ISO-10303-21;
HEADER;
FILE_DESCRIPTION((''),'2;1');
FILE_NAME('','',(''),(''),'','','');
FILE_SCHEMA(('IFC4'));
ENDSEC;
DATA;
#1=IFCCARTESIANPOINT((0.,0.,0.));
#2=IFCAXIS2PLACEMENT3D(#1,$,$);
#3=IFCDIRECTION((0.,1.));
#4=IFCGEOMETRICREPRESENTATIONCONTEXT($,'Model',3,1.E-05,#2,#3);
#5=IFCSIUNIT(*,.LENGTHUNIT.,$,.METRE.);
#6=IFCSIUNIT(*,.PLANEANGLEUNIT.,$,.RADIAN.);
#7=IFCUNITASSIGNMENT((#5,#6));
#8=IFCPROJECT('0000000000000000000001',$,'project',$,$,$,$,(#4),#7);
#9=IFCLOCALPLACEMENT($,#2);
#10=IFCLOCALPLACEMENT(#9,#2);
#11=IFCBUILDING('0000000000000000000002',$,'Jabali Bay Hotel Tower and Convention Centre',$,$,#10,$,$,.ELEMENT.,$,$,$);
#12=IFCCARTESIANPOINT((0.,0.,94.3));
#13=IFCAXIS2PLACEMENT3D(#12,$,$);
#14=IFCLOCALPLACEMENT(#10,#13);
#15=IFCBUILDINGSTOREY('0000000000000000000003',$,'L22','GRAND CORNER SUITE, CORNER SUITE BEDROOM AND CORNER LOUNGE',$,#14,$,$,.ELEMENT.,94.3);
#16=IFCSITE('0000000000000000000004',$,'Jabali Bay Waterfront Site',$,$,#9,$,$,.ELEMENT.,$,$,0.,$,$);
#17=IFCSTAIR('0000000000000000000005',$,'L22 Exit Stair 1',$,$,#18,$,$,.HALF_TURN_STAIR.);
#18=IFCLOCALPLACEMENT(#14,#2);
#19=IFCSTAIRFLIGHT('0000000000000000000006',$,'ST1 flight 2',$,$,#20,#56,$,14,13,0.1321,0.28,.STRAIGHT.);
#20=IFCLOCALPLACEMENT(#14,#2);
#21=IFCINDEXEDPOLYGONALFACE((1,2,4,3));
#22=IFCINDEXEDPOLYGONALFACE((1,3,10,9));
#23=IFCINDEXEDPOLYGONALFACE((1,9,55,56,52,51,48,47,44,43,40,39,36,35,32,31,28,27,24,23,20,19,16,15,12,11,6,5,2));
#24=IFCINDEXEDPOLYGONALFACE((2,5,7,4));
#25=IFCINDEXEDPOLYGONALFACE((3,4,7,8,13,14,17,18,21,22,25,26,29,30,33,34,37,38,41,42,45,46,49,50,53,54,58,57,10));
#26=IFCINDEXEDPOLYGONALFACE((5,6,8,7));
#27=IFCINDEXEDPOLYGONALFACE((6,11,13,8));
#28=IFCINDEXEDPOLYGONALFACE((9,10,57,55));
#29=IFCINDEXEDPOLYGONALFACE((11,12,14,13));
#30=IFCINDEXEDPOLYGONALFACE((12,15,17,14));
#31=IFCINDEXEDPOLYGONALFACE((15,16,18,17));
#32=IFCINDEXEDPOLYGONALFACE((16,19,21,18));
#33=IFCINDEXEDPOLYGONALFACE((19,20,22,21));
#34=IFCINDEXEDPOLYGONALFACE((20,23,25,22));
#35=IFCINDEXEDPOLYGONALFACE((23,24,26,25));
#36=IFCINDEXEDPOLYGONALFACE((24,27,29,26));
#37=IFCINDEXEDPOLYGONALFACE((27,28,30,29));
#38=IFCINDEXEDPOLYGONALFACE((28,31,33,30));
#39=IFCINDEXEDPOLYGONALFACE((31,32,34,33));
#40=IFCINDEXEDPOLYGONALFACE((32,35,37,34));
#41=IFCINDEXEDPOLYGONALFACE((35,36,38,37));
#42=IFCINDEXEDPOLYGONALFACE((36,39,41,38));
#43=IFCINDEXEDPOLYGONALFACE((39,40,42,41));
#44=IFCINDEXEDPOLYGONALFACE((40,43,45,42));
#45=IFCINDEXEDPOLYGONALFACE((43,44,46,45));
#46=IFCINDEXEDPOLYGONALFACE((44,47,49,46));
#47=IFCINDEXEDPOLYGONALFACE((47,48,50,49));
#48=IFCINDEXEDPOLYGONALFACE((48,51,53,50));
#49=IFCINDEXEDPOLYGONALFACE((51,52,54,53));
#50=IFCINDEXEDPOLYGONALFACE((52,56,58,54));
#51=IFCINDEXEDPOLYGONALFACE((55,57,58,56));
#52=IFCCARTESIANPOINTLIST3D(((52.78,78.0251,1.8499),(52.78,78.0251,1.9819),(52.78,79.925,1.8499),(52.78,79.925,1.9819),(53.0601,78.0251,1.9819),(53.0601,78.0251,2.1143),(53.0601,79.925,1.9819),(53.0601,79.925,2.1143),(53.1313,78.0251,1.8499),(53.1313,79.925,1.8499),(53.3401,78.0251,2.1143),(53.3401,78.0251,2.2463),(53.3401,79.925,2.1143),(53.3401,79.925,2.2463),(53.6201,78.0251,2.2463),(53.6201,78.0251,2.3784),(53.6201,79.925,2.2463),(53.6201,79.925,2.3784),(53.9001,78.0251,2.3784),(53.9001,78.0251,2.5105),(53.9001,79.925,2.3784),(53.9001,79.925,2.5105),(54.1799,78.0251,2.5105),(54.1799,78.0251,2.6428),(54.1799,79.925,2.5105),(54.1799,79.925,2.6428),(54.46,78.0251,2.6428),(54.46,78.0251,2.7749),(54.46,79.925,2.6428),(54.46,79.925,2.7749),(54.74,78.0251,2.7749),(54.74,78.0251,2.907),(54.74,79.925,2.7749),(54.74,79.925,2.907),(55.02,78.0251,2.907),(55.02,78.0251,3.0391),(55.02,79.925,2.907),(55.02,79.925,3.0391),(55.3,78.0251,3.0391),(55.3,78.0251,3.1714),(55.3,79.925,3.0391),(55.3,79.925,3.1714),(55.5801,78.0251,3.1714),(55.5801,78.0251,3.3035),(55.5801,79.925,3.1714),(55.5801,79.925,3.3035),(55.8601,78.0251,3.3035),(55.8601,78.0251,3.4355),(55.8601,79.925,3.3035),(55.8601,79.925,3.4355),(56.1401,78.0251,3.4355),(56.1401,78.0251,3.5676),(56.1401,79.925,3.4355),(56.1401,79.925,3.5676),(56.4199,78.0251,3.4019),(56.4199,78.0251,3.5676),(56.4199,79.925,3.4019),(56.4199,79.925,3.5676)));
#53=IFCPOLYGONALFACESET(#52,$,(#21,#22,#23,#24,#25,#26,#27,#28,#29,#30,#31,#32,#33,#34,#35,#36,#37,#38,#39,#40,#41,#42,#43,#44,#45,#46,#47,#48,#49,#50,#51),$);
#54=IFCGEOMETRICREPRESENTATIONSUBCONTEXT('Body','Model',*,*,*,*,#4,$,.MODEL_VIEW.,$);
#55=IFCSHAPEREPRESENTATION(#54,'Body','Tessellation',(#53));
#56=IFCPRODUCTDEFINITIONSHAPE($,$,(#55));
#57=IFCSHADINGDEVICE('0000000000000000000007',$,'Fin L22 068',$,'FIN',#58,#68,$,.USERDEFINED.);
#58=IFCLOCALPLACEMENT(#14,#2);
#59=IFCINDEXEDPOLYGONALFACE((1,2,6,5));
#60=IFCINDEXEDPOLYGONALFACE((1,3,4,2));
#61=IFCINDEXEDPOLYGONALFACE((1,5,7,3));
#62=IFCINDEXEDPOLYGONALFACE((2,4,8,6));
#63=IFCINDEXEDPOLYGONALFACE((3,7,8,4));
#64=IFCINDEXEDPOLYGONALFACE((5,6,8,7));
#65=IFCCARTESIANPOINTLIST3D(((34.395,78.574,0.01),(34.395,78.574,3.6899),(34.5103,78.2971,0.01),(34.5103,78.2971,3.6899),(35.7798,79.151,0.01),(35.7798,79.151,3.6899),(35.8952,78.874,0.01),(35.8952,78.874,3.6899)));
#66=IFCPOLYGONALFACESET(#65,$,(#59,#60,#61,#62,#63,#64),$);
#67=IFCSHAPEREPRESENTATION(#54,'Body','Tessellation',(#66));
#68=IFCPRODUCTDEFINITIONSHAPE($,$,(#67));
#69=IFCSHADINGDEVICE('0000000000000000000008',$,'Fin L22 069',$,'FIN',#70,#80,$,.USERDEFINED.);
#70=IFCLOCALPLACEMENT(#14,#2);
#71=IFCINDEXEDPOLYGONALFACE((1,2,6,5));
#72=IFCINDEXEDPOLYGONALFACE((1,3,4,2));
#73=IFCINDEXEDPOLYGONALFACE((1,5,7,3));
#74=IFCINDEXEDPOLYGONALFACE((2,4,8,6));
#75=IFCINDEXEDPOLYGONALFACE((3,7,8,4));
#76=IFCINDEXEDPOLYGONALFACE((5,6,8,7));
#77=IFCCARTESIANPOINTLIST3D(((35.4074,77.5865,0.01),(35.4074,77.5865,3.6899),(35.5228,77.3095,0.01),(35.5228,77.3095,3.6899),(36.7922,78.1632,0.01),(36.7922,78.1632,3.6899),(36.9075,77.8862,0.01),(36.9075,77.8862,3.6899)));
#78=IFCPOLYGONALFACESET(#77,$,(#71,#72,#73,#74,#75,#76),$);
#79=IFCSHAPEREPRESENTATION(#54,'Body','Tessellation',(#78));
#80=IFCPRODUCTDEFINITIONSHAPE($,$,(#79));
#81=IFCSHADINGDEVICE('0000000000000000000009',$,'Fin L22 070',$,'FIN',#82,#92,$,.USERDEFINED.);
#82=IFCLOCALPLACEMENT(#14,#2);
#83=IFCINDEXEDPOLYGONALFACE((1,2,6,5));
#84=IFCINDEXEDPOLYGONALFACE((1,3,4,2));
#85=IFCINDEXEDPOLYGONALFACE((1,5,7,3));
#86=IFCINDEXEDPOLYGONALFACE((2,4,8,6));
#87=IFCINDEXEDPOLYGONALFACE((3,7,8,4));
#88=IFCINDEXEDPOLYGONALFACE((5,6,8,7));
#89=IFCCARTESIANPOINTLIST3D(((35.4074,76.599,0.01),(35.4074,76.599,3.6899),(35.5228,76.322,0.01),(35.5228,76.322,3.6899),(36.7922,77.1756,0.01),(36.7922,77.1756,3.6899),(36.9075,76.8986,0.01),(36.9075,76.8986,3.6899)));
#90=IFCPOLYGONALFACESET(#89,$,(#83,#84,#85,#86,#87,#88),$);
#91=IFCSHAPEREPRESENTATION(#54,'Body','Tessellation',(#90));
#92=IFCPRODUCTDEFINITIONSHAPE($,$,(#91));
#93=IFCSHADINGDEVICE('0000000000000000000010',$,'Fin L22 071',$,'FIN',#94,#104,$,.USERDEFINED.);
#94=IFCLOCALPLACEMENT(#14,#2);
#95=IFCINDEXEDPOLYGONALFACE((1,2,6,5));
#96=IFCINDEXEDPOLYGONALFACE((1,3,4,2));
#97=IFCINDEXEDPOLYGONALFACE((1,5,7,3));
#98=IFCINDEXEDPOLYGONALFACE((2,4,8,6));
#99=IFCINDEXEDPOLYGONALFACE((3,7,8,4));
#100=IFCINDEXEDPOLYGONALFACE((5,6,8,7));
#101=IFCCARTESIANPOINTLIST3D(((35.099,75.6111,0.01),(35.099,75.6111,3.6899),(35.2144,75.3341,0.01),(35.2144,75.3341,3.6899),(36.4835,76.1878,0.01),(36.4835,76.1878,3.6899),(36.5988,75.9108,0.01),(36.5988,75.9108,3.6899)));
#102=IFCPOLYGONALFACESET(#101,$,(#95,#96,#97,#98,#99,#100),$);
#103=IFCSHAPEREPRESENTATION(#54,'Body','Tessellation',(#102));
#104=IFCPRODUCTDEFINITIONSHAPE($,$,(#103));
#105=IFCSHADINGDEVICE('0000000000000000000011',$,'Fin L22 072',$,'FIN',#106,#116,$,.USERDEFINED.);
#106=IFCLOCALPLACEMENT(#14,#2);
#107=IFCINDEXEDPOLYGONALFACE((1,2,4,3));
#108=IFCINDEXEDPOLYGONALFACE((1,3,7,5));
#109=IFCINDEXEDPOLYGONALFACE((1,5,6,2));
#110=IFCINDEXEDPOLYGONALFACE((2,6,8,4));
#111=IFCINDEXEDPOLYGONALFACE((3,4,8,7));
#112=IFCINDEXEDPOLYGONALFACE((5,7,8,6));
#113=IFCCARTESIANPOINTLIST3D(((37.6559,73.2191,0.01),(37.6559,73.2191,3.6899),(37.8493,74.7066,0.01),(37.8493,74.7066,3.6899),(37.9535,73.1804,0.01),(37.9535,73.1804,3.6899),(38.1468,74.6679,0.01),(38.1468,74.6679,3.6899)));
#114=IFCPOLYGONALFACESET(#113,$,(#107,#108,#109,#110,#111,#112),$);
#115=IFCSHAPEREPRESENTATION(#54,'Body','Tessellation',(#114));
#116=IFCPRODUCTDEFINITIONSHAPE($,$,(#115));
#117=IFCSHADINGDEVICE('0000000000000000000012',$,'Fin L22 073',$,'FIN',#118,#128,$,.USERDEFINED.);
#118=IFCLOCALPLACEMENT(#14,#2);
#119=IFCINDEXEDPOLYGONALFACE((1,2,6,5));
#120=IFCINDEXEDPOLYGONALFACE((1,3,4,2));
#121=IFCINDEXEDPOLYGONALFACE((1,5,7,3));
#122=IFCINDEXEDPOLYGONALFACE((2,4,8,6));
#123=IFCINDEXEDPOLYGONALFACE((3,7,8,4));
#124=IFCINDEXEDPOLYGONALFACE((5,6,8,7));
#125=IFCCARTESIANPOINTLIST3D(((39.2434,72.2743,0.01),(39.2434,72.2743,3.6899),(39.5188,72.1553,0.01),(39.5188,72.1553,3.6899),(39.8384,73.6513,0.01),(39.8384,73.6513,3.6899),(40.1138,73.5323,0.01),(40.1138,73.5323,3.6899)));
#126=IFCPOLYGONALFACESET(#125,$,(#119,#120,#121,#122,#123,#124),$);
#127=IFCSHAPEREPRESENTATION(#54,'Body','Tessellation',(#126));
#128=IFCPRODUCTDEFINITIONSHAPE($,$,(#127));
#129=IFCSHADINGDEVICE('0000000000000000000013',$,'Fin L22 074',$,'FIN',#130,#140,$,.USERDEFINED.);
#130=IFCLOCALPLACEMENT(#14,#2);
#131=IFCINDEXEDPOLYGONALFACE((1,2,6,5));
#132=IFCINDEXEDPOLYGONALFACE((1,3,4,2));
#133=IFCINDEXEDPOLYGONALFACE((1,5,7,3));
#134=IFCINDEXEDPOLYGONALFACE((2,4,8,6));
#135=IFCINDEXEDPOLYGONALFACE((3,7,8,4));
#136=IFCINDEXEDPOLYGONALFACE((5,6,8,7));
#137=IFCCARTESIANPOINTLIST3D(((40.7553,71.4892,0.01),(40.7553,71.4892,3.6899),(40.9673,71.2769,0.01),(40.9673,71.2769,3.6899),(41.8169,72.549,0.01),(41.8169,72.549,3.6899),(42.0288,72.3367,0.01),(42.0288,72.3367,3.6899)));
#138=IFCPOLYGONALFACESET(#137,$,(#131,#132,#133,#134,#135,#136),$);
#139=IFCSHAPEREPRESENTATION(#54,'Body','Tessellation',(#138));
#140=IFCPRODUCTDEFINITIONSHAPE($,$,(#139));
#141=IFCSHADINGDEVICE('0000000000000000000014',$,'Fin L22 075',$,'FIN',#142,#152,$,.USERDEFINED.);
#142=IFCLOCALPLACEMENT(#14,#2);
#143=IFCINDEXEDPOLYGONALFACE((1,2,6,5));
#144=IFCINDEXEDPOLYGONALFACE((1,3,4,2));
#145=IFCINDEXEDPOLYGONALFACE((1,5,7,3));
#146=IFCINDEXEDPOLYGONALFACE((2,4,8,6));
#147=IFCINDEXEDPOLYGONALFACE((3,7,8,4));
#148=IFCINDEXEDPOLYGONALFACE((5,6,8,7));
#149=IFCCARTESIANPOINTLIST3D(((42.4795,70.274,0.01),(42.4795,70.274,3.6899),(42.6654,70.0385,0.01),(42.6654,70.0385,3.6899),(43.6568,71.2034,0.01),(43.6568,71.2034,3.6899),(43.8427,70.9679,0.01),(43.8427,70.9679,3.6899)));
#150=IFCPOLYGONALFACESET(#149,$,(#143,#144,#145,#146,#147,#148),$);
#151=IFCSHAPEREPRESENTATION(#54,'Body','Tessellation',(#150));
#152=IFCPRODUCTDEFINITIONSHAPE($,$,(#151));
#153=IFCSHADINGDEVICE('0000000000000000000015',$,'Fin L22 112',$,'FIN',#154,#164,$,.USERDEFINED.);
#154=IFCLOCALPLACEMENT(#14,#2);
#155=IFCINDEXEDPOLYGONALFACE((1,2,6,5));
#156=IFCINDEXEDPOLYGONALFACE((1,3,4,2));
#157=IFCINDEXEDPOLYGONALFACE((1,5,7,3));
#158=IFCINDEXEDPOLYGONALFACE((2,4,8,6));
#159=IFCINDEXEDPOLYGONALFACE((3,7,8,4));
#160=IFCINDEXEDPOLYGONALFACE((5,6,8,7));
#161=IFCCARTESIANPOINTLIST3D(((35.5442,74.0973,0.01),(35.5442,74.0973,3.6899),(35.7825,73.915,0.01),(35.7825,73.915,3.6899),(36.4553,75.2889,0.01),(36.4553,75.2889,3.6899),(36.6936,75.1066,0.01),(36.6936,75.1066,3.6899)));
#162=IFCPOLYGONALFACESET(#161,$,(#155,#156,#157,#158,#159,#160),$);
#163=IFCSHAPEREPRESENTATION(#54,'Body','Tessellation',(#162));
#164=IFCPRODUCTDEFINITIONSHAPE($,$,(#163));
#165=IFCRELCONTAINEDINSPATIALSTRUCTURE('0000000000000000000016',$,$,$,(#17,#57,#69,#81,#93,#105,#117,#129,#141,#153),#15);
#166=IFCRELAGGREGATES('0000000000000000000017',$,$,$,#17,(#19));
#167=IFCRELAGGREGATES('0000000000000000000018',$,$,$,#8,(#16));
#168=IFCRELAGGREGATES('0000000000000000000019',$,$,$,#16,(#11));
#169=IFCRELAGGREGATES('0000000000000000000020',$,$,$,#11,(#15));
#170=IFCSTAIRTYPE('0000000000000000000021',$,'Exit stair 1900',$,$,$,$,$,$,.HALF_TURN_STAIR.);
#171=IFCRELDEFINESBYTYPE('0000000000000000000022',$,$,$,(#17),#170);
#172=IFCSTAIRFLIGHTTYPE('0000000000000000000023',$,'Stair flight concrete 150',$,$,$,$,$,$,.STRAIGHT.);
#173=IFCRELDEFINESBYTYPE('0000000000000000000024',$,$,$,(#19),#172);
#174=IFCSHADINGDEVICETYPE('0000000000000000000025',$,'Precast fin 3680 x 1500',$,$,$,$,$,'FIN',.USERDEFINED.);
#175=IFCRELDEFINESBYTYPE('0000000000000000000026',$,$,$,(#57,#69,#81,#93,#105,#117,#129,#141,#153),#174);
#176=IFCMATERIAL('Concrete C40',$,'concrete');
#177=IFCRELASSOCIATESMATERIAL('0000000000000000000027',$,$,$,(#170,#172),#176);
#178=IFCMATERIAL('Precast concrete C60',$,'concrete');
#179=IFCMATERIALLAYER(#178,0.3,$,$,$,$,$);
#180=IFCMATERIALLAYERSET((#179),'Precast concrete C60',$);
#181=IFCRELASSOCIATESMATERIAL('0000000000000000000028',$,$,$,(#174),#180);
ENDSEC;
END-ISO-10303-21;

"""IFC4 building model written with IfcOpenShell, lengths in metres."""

from ifc_helpers import new_model, si_unit, direction, frame, frame_2d, origin, place, context, subcontext, project, spatial, polyline, rectangle, outline, extrude, material, layer, layer_set, type_object, element, aggregate, save


model = new_model("IFC4")

# Units and contexts
model_context = context("Model", 3, precision=1e-05, world=origin(), true_north=direction((0.0, 1.0)))
body_context = subcontext(model_context, "Body", "Model", "MODEL_VIEW")
ifc_project = project(units=[si_unit("LENGTHUNIT", "METRE"), si_unit("PLANEANGLEUNIT", "RADIAN")], contexts=[model_context])

# Site, building, storey
site_placement = place(None, origin())
site = spatial("IfcSite", under=ifc_project, at=site_placement, Name="Jabali Bay Waterfront Site", CompositionType="ELEMENT", RefElevation=0.0)
building_placement = place(site_placement, origin())
building = spatial("IfcBuilding", under=site, at=building_placement, Name="Jabali Bay Hotel Tower and Convention Centre", CompositionType="ELEMENT")
storey_placement = place(building_placement, frame((0.0, 0.0, 94.3)))
storey = spatial("IfcBuildingStorey", under=building, at=storey_placement, Name="L22", Description="GRAND CORNER SUITE, CORNER SUITE BEDROOM AND CORNER LOUNGE", CompositionType="ELEMENT", Elevation=94.3)

# Shared definitions
ifc_material_1 = material(Name="Concrete C40", Category="concrete")

# Stair, stair flight
stair_type = type_object("IfcStairType", Name="Exit stair 1900", PredefinedType="HALF_TURN_STAIR", material=ifc_material_1)
stair_placement = place(storey_placement, origin())
stair = element("IfcStair", 1, at=stair_placement, inside=storey, type_object=stair_type, Name="L22 Exit Stair 1", PredefinedType="HALF_TURN_STAIR")
stair_flight_type = type_object("IfcStairFlightType", Name="Stair flight concrete 150", PredefinedType="STRAIGHT", material=ifc_material_1)
stair_flight_placement = place(storey_placement, frame((52.78, 78.9751, 1.8499), z_axis=(0.0, 0.0, 1.0), x_axis=(1.0, 0.0, 0.0)))
stair_flight = element("IfcStairFlight", 2, at=stair_flight_placement, type_object=stair_flight_type, Name="ST1 flight 2", NumberOfRisers=14, NumberOfTreads=13, PredefinedType="STRAIGHT", RiserHeight=0.1321, TreadLength=0.28, context=body_context, shape_type="SweptSolid", body=[
    extrude(outline(polyline([(0.0, 0.0), (0.0, 0.1321), (0.28, 0.1321), (0.28, 0.2644), (0.5601, 0.2644), (0.5601, 0.3965), (0.8401, 0.3965), (0.8401, 0.5286), (1.1201, 0.5286), (1.1201, 0.6606), (1.3999, 0.6606), (1.3999, 0.793), (1.6799, 0.793), (1.6799, 0.925), (1.96, 0.925), (1.96, 1.0571), (2.24, 1.0571), (2.24, 1.1892), (2.52, 1.1892), (2.52, 1.3215), (2.8, 1.3215), (2.8, 1.4536), (3.0801, 1.4536), (3.0801, 1.5857), (3.3601, 1.5857), (3.3601, 1.7178), (3.6399, 1.7178), (3.6399, 1.8501), (3.6399, 1.552), (0.3513, 0.0), (0.0, 0.0)])), frame((0.0, 0.95, 0.0), z_axis=(0.0, -1.0, 0.0), x_axis=(1.0, 0.0, 0.0)), (0.0, 0.0, 1.0), 1.8999),
])
aggregate(stair, [stair_flight])

# Shading devices
ifc_material_2 = material(Name="Precast concrete C60", Category="concrete")
ifc_layer_1 = layer(ifc_material_2, 0.3)
ifc_layer_set_1 = layer_set([ifc_layer_1], Name="Precast concrete C60")
shading_device_type = type_object("IfcShadingDeviceType", Name="Precast fin 3680 x 1500", ElementType="FIN", PredefinedType="USERDEFINED", material=ifc_layer_set_1)
shading_device_1_placement = place(storey_placement, frame((35.8374, 79.0125, 0.01), z_axis=(0.0, 0.0, 1.0), x_axis=(-0.923096, -0.384569, 0.0)))
element("IfcShadingDevice", 3, at=shading_device_1_placement, inside=storey, type_object=shading_device_type, Name="Fin L22 068", ObjectType="FIN", PredefinedType="USERDEFINED", context=body_context, shape_type="SweptSolid", body=[
    extrude(rectangle(XDim=1.5002, YDim=0.3, at=frame_2d((0.75, 0.0))), origin(), (0.0, 0.0, 1.0), 3.6799),
])
for number, where, z_axis, x_axis, name in (
    (4, (36.8499, 78.0247, 0.01), (0.0, 0.0, 1.0), (-0.923154, -0.38443, 0.0), "Fin L22 069"),
    (5, (36.8499, 77.0371, 0.01), (0.0, 0.0, 1.0), (-0.923154, -0.38443, 0.0), "Fin L22 070"),
):
    element("IfcShadingDevice", number, at=place(storey_placement, frame(where, z_axis=z_axis, x_axis=x_axis)), inside=storey, type_object=shading_device_type, Name=name, ObjectType="FIN", PredefinedType="USERDEFINED", context=body_context, shape_type="SweptSolid", body=[
        extrude(rectangle(XDim=1.5, YDim=0.3, at=frame_2d((0.75, 0.0))), origin(), (0.0, 0.0, 1.0), 3.6799),
    ])
shading_device_2_placement = place(storey_placement, frame((36.5413, 76.0493, 0.01), z_axis=(0.0, 0.0, 1.0), x_axis=(-0.92313, -0.384488, 0.0)))
element("IfcShadingDevice", 6, at=shading_device_2_placement, inside=storey, type_object=shading_device_type, Name="Fin L22 071", ObjectType="FIN", PredefinedType="USERDEFINED", context=body_context, shape_type="SweptSolid", body=[
    extrude(rectangle(XDim=1.4998, YDim=0.3, at=frame_2d((0.75, 0.0))), origin(), (0.0, 0.0, 1.0), 3.6799),
])
for number, where, z_axis, x_axis, name in (
    (7, (37.998, 74.6873, 0.01), (0.0, 0.0, 1.0), (-0.128901, -0.991657, 0.0), "Fin L22 072"),
    (8, (39.9761, 73.5918, 0.01), (0.0, 0.0, 1.0), (-0.396648, -0.917971, 0.0), "Fin L22 073"),
    (9, (41.9229, 72.4429, 0.01), (0.0, 0.0, 1.0), (-0.707676, -0.706537, 0.0), "Fin L22 074"),
    (10, (43.7498, 71.0857, 0.01), (0.0, 0.0, 1.0), (-0.78487, -0.61966, 0.0), "Fin L22 075"),
    (11, (36.5745, 75.1978, 0.01), (0.0, 0.0, 1.0), (-0.607396, -0.794399, 0.0), "Fin L22 112"),
):
    element("IfcShadingDevice", number, at=place(storey_placement, frame(where, z_axis=z_axis, x_axis=x_axis)), inside=storey, type_object=shading_device_type, Name=name, ObjectType="FIN", PredefinedType="USERDEFINED", context=body_context, shape_type="SweptSolid", body=[
        extrude(rectangle(XDim=1.5, YDim=0.3, at=frame_2d((0.75, 0.0))), origin(), (0.0, 0.0, 1.0), 3.6799),
    ])

save(model, "model.ifc")
